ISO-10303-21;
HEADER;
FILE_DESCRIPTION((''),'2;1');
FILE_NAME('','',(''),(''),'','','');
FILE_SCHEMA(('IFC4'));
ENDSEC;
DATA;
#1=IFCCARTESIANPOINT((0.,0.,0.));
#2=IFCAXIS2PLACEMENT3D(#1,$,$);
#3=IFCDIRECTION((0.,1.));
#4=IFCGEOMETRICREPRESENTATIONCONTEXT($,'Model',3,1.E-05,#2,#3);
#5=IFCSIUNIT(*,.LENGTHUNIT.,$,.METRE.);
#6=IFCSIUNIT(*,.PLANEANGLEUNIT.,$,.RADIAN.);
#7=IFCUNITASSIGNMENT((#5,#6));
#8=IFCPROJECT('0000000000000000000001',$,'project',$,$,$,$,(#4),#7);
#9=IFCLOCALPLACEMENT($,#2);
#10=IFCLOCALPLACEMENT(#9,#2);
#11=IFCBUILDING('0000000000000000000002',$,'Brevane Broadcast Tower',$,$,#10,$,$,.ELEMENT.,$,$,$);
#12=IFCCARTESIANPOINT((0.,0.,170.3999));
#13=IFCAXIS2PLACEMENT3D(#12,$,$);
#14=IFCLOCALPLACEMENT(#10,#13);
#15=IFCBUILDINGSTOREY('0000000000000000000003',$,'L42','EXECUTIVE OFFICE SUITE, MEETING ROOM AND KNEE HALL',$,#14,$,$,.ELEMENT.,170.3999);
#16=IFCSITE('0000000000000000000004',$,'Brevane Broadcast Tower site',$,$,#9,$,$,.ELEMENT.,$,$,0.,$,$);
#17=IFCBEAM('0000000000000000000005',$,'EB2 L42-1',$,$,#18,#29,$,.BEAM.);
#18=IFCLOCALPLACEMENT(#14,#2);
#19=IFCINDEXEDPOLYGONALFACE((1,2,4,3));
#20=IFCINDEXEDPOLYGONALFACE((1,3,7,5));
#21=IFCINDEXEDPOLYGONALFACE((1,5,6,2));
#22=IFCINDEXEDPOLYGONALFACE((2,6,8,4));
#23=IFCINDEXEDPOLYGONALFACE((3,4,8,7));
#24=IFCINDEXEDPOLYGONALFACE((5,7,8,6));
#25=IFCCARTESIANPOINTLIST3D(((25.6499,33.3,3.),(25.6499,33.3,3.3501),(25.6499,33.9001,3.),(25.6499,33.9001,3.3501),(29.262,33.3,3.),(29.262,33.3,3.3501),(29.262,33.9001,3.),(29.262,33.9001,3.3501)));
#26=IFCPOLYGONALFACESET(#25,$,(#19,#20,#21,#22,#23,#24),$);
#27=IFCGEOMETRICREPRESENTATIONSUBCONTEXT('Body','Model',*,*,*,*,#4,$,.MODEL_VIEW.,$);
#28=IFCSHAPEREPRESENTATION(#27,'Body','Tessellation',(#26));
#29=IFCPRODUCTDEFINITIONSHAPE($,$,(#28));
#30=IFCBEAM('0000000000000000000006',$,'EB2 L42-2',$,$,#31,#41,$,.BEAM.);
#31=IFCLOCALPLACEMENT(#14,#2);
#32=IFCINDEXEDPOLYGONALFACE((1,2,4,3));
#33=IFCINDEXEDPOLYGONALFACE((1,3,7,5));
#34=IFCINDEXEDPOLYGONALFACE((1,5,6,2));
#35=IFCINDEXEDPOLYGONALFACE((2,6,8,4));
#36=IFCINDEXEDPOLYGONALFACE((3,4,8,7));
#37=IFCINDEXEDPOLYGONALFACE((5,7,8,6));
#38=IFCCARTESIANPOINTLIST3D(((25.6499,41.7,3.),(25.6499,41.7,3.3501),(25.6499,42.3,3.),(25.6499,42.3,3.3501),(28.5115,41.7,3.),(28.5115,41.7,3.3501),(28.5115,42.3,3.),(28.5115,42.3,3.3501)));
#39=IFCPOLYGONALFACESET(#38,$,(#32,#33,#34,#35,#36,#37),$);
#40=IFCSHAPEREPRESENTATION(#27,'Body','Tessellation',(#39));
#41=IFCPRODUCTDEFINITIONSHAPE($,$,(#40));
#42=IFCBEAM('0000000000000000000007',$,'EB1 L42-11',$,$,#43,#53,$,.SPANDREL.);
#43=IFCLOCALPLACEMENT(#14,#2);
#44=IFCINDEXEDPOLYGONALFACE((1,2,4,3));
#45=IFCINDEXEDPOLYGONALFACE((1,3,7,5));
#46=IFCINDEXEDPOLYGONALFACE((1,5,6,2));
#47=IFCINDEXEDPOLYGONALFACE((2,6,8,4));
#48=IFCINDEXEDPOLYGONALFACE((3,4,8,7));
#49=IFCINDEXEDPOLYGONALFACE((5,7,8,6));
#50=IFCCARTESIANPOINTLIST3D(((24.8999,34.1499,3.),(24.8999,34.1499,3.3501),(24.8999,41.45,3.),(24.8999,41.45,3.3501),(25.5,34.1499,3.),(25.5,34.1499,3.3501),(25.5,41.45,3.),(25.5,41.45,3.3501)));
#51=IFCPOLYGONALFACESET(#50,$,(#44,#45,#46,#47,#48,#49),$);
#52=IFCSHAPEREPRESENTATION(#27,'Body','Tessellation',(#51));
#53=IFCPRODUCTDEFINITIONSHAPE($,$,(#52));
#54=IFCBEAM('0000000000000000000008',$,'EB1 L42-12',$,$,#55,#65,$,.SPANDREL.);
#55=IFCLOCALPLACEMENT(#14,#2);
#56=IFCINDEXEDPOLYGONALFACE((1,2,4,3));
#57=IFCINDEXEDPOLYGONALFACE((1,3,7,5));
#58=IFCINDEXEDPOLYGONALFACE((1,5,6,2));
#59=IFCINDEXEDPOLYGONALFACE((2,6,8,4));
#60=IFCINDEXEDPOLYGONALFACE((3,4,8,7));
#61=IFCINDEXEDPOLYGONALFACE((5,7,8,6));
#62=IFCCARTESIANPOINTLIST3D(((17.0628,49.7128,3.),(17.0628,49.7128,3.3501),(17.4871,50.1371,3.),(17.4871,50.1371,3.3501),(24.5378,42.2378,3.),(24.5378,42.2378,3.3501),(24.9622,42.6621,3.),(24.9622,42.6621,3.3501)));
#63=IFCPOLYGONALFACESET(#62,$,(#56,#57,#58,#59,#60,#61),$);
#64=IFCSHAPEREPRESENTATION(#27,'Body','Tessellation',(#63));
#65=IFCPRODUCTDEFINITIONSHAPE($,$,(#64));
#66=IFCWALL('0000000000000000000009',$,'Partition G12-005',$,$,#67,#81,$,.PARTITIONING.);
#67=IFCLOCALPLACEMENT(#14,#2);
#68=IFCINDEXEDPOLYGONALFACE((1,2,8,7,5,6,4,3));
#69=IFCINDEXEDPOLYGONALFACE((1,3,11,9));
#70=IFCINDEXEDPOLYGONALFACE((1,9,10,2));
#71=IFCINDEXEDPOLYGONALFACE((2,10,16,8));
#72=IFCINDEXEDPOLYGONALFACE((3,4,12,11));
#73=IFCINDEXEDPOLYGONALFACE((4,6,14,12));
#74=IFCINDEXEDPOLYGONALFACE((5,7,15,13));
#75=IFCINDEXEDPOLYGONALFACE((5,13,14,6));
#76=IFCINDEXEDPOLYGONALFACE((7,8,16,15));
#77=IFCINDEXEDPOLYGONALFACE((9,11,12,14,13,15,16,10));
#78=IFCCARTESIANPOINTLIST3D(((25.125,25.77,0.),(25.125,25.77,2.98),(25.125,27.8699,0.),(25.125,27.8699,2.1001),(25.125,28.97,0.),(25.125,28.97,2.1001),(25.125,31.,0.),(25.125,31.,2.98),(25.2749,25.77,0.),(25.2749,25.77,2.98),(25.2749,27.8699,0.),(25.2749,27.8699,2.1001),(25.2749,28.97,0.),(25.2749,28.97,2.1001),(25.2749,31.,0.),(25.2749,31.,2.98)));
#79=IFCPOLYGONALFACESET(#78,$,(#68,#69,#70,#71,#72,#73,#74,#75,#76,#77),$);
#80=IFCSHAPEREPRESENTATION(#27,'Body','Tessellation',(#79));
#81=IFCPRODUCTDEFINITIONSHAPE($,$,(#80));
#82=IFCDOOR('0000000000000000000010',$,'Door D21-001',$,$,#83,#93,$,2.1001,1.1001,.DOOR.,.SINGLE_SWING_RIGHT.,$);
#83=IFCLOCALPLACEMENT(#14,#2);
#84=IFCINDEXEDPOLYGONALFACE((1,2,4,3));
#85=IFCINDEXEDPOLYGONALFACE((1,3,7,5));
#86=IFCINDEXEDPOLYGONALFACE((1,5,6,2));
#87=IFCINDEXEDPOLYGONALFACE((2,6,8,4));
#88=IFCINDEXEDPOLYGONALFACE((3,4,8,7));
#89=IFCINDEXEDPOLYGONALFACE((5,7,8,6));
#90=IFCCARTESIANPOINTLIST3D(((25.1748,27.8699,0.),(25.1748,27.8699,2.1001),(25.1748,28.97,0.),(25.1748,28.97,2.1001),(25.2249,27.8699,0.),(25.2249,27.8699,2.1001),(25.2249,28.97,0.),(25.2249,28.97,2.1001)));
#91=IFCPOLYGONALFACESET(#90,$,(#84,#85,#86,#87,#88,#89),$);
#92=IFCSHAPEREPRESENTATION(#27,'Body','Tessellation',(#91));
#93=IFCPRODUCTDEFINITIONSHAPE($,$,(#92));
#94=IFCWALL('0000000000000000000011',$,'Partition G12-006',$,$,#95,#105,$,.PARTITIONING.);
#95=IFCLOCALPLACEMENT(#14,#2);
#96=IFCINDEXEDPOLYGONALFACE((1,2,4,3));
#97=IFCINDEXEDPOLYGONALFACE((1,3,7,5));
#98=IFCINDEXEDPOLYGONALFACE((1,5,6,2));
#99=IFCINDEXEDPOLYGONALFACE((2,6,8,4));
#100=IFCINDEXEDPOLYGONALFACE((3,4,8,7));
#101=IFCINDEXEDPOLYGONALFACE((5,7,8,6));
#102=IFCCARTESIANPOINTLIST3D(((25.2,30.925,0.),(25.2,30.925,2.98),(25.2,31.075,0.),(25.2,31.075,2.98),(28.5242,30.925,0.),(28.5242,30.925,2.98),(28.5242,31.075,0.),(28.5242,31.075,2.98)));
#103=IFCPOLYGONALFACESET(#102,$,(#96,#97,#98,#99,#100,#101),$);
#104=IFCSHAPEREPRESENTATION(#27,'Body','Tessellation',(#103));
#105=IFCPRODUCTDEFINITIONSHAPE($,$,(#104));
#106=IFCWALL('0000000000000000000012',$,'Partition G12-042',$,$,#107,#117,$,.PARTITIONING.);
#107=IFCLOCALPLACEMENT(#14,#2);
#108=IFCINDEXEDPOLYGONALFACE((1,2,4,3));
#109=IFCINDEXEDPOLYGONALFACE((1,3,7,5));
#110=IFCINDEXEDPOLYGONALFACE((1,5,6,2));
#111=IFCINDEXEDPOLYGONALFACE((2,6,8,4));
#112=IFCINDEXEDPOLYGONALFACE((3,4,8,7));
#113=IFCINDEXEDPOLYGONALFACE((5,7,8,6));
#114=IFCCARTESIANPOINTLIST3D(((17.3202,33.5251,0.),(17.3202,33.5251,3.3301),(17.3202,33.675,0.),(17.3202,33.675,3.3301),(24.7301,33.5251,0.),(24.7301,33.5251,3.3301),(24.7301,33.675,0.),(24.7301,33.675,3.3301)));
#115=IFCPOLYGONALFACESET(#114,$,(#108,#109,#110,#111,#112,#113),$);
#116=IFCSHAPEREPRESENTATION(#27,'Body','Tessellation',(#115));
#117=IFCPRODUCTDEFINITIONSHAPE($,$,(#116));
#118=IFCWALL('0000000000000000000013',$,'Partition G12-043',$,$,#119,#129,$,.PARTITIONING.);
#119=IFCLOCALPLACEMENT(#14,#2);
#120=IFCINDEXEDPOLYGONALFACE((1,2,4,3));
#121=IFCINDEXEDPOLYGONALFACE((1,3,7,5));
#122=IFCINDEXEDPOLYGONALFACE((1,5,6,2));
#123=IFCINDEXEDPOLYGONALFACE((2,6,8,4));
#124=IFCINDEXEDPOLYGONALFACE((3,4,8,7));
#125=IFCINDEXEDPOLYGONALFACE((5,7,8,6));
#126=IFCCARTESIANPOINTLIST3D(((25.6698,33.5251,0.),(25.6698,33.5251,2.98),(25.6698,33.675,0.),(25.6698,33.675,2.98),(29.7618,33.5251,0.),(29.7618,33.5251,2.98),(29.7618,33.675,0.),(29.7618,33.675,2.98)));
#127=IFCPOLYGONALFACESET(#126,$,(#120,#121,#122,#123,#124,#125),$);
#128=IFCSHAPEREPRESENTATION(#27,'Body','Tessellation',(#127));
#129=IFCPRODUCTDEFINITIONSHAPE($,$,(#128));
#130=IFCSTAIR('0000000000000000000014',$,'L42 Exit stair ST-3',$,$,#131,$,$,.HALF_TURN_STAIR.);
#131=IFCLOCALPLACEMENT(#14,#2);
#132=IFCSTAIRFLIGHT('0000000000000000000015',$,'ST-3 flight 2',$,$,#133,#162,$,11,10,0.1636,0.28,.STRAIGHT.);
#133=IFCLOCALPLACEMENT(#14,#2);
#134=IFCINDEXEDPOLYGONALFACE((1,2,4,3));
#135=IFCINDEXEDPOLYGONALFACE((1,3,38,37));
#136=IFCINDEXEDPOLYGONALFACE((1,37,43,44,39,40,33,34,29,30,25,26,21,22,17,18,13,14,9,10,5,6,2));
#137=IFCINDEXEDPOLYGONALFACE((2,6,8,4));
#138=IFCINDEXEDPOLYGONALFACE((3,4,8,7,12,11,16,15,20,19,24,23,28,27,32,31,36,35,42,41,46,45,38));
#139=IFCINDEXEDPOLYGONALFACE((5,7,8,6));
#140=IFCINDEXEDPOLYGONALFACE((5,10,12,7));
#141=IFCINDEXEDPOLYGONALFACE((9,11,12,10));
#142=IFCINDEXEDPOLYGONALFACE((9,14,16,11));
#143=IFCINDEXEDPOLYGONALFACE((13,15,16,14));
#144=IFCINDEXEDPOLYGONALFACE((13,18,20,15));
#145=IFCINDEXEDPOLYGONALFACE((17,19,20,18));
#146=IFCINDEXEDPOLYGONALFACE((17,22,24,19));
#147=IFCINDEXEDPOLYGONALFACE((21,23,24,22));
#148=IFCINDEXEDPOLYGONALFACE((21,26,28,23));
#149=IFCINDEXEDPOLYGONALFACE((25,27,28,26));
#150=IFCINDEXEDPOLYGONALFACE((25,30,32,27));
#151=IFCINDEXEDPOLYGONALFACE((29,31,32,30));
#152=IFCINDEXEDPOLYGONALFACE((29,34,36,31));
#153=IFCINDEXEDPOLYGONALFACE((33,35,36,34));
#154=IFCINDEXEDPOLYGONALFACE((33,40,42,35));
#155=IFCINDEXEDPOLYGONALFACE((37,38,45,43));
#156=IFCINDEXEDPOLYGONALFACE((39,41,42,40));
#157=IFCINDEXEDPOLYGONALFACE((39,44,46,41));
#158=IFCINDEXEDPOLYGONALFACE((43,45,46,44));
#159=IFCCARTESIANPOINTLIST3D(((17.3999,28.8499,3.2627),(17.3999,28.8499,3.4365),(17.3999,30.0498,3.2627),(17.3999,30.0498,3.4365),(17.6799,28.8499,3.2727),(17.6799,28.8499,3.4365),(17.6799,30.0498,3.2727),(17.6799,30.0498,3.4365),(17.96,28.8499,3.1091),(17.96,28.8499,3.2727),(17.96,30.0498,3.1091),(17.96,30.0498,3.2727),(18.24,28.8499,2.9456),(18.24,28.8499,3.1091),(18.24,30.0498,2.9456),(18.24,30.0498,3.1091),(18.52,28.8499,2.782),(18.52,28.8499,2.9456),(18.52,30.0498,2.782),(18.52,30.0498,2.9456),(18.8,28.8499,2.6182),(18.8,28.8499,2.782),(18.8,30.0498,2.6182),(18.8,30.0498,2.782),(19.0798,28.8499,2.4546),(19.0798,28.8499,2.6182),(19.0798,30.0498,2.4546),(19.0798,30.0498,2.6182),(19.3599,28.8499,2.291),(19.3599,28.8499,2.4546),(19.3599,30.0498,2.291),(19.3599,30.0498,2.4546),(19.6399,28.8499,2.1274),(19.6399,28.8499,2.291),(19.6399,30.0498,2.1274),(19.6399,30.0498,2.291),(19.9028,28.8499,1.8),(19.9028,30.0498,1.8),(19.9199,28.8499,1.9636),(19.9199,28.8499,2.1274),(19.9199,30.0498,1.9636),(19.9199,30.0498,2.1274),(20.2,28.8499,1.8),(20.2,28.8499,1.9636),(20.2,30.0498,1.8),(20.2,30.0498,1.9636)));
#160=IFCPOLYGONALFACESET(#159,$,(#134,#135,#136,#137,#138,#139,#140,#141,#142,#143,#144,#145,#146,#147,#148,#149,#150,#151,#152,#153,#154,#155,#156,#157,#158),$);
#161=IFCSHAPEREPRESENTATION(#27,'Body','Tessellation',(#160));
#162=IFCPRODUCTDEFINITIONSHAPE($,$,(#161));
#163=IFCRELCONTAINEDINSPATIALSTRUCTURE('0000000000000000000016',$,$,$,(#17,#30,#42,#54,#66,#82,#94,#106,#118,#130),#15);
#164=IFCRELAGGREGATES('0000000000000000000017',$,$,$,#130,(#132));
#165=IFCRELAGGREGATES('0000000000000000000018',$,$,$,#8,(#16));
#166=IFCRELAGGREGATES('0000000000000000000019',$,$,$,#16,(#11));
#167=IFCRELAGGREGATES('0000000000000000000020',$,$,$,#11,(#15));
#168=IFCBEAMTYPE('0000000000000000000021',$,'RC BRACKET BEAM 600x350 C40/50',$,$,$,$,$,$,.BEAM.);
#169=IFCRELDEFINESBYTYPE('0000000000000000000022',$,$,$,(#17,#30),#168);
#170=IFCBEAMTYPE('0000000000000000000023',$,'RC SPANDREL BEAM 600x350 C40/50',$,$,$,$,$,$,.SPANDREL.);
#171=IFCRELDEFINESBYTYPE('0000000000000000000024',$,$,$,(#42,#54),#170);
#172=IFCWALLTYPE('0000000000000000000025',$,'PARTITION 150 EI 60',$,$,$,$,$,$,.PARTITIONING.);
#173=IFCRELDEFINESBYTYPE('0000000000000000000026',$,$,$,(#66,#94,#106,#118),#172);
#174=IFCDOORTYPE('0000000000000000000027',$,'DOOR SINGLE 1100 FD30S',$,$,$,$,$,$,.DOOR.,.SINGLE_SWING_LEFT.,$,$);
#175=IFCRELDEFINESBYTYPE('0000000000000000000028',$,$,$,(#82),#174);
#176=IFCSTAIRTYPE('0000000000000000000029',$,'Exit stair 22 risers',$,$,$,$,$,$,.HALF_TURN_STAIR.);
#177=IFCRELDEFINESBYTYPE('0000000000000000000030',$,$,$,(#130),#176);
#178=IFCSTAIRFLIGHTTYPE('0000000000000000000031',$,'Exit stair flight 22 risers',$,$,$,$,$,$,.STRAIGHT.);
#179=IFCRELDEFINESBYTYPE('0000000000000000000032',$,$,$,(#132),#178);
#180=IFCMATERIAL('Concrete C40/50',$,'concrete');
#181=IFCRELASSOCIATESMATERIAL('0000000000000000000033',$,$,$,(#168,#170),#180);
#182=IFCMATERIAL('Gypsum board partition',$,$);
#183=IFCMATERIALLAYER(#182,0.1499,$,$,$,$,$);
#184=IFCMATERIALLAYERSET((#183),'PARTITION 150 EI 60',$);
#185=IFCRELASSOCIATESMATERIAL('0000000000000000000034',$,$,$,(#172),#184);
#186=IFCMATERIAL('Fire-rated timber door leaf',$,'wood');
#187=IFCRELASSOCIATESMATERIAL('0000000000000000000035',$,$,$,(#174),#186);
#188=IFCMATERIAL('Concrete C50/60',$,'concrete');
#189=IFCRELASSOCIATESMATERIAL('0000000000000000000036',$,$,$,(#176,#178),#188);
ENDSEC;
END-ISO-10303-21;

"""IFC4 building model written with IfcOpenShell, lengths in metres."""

from ifc_helpers import new_model, si_unit, direction, frame, frame_2d, origin, origin_2d, place, context, subcontext, project, spatial, polyline, rectangle, outline, extrude, material, layer, layer_set, material_profile, profile_set, type_object, element, fill, aggregate, save


model = new_model("IFC4")

# Units and contexts
model_context = context("Model", 3, precision=1e-05, world=origin(), true_north=direction((0.0, 1.0)))
body_context = subcontext(model_context, "Body", "Model", "MODEL_VIEW")
ifc_project = project(units=[si_unit("LENGTHUNIT", "METRE"), si_unit("PLANEANGLEUNIT", "RADIAN")], contexts=[model_context])

# Site, building, storey
site_placement = place(None, origin())
site = spatial("IfcSite", under=ifc_project, at=site_placement, Name="Brevane Broadcast Tower site", CompositionType="ELEMENT", RefElevation=0.0)
building_placement = place(site_placement, origin())
building = spatial("IfcBuilding", under=site, at=building_placement, Name="Brevane Broadcast Tower", CompositionType="ELEMENT")
storey_placement = place(building_placement, frame((0.0, 0.0, 170.3999)))
storey = spatial("IfcBuildingStorey", under=building, at=storey_placement, Name="L42", Description="EXECUTIVE OFFICE SUITE, MEETING ROOM AND KNEE HALL", CompositionType="ELEMENT", Elevation=170.3999)

# Beams
ifc_material_1 = material(Name="Concrete C40/50", Category="concrete")
ifc_material_profile_1 = material_profile(ifc_material_1, rectangle(XDim=0.6001, YDim=0.3501, at=origin_2d()), Name="RC 600x350")
ifc_profile_set_1 = profile_set([ifc_material_profile_1], Name="Concrete C40/50")
beam_type_1 = type_object("IfcBeamType", Name="RC BRACKET BEAM 600x350 C40/50", PredefinedType="BEAM", material=ifc_profile_set_1)
beam_1_placement = place(storey_placement, frame((25.6499, 33.6001, 3.175), z_axis=(1.0, 0.0, 0.0), x_axis=(0.0, 1.0, 0.0)))
element("IfcBeam", 1, at=beam_1_placement, inside=storey, type_object=beam_type_1, Name="EB2 L42-1", PredefinedType="BEAM", context=body_context, shape_type="SweptSolid", body=[
    extrude(rectangle(XDim=0.6001, YDim=0.3501, at=origin_2d()), origin(), (0.0, 0.0, 1.0), 3.6121),
])
beam_2_placement = place(storey_placement, frame((25.6499, 42.0, 3.175), z_axis=(1.0, 0.0, 0.0), x_axis=(0.0, 1.0, 0.0)))
element("IfcBeam", 2, at=beam_2_placement, inside=storey, type_object=beam_type_1, Name="EB2 L42-2", PredefinedType="BEAM", context=body_context, shape_type="SweptSolid", body=[
    extrude(rectangle(XDim=0.6001, YDim=0.3501, at=origin_2d()), origin(), (0.0, 0.0, 1.0), 2.8616),
])
ifc_material_profile_2 = material_profile(ifc_material_1, rectangle(XDim=0.6001, YDim=0.3501, at=origin_2d()), Name="RC 600x350")
ifc_profile_set_2 = profile_set([ifc_material_profile_2], Name="Concrete C40/50")
beam_type_2 = type_object("IfcBeamType", Name="RC SPANDREL BEAM 600x350 C40/50", PredefinedType="SPANDREL", material=ifc_profile_set_2)
beam_3_placement = place(storey_placement, frame((25.2, 34.1499, 3.175), z_axis=(0.0, 1.0, 0.0), x_axis=(-1.0, 0.0, 0.0)))
element("IfcBeam", 3, at=beam_3_placement, inside=storey, type_object=beam_type_2, Name="EB1 L42-11", PredefinedType="SPANDREL", context=body_context, shape_type="SweptSolid", body=[
    extrude(rectangle(XDim=0.6001, YDim=0.3501, at=origin_2d()), origin(), (0.0, 0.0, 1.0), 7.3),
])
beam_4_placement = place(storey_placement, frame((24.75, 42.45, 3.175), z_axis=(-0.707107, 0.707107, 0.0), x_axis=(-0.707107, -0.707107, 0.0)))
element("IfcBeam", 4, at=beam_4_placement, inside=storey, type_object=beam_type_2, Name="EB1 L42-12", PredefinedType="SPANDREL", context=body_context, shape_type="SweptSolid", body=[
    extrude(rectangle(XDim=0.6001, YDim=0.3501, at=origin_2d()), origin(), (0.0, 0.0, 1.0), 10.5713),
])

# Wall, opening, door
ifc_material_2 = material(Name="Gypsum board partition")
ifc_layer = layer(ifc_material_2, 0.1499)
ifc_layer_set = layer_set([ifc_layer], Name="PARTITION 150 EI 60")
wall_type = type_object("IfcWallType", Name="PARTITION 150 EI 60", PredefinedType="PARTITIONING", material=ifc_layer_set)
wall_1_placement = place(storey_placement, frame((25.2, 31.0, 0.0), z_axis=(0.0, 0.0, 1.0), x_axis=(0.0, -1.0, 0.0)))
wall_1 = element("IfcWall", 5, at=wall_1_placement, inside=storey, type_object=wall_type, Name="Partition G12-005", PredefinedType="PARTITIONING", context=body_context, shape_type="SweptSolid", body=[
    extrude(outline(polyline([(0.0, 0.0), (5.23, 0.0), (5.23, 2.98), (0.0, 2.98), (0.0, 0.0)])), frame((0.0, 0.075, 0.0), z_axis=(0.0, -1.0, 0.0), x_axis=(1.0, 0.0, 0.0)), (0.0, 0.0, 1.0), 0.1499),
])
opening_placement = place(wall_1_placement, frame((2.03, 0.0, 0.0)))
opening = element("IfcOpeningElement", 6, at=opening_placement, cuts=wall_1, PredefinedType="OPENING", context=body_context, shape_type="SweptSolid", body=[
    extrude(rectangle(XDim=1.1001, YDim=2.1001, at=frame_2d((0.55, 1.05))), frame((0.0, 0.085, 0.0), z_axis=(0.0, -1.0, 0.0), x_axis=(1.0, 0.0, 0.0)), (0.0, 0.0, 1.0), 0.1699),
])
ifc_material_3 = material(Name="Fire-rated timber door leaf", Category="wood")
door_type = type_object("IfcDoorType", Name="DOOR SINGLE 1100 FD30S", OperationType="SINGLE_SWING_LEFT", PredefinedType="DOOR", material=ifc_material_3)
door_placement = place(opening_placement, origin())
door = element("IfcDoor", 7, at=door_placement, inside=storey, type_object=door_type, Name="Door D21-001", OperationType="SINGLE_SWING_RIGHT", OverallHeight=2.1001, OverallWidth=1.1001, PredefinedType="DOOR", context=body_context, shape_type="SweptSolid", body=[
    extrude(rectangle(XDim=1.1001, YDim=2.1001, at=frame_2d((0.55, 1.05))), frame((0.0, 0.0249, 0.0), z_axis=(0.0, -1.0, 0.0), x_axis=(1.0, 0.0, 0.0)), (0.0, 0.0, 1.0), 0.05),
])
fill(opening, door)

# Walls
wall_2_placement = place(storey_placement, frame((25.2, 31.0, 0.0), z_axis=(0.0, 0.0, 1.0), x_axis=(1.0, 0.0, 0.0)))
element("IfcWall", 8, at=wall_2_placement, inside=storey, type_object=wall_type, Name="Partition G12-006", PredefinedType="PARTITIONING", context=body_context, shape_type="SweptSolid", body=[
    extrude(rectangle(XDim=3.3242, YDim=0.1499, at=frame_2d((1.6621, 0.0))), origin(), (0.0, 0.0, 1.0), 2.98),
])
wall_3_placement = place(storey_placement, frame((17.3201, 33.6001, 0.0), z_axis=(0.0, 0.0, 1.0), x_axis=(1.0, 0.0, 0.0)))
element("IfcWall", 9, at=wall_3_placement, inside=storey, type_object=wall_type, Name="Partition G12-042", PredefinedType="PARTITIONING", context=body_context, shape_type="SweptSolid", body=[
    extrude(rectangle(XDim=7.4099, YDim=0.1499, at=frame_2d((3.7051, 0.0))), origin(), (0.0, 0.0, 1.0), 3.3301),
])
wall_4_placement = place(storey_placement, frame((25.6699, 33.6001, 0.0), z_axis=(0.0, 0.0, 1.0), x_axis=(1.0, 0.0, 0.0)))
element("IfcWall", 10, at=wall_4_placement, inside=storey, type_object=wall_type, Name="Partition G12-043", PredefinedType="PARTITIONING", context=body_context, shape_type="SweptSolid", body=[
    extrude(rectangle(XDim=4.092, YDim=0.1499, at=frame_2d((2.0459, 0.0))), origin(), (0.0, 0.0, 1.0), 2.98),
])

# Stair, stair flight
ifc_material_4 = material(Name="Concrete C50/60", Category="concrete")
stair_type = type_object("IfcStairType", Name="Exit stair 22 risers", PredefinedType="HALF_TURN_STAIR", material=ifc_material_4)
stair_placement = place(storey_placement, origin())
stair = element("IfcStair", 11, at=stair_placement, inside=storey, type_object=stair_type, Name="L42 Exit stair ST-3", PredefinedType="HALF_TURN_STAIR")
stair_flight_type = type_object("IfcStairFlightType", Name="Exit stair flight 22 risers", PredefinedType="STRAIGHT", material=ifc_material_4)
stair_flight_placement = place(storey_placement, frame((20.2, 29.45, 1.8), z_axis=(0.0, 0.0, 1.0), x_axis=(-1.0, 0.0, 0.0)))
stair_flight = element("IfcStairFlight", 12, at=stair_flight_placement, type_object=stair_flight_type, Name="ST-3 flight 2", NumberOfRisers=11, NumberOfTreads=10, PredefinedType="STRAIGHT", RiserHeight=0.1636, TreadLength=0.28, context=body_context, shape_type="SweptSolid", body=[
    extrude(outline(polyline([(0.0, 0.0), (0.0, 0.1636), (0.28, 0.1636), (0.28, 0.3274), (0.5601, 0.3274), (0.5601, 0.491), (0.8401, 0.491), (0.8401, 0.6545), (1.1201, 0.6545), (1.1201, 0.8181), (1.3999, 0.8181), (1.3999, 0.9819), (1.6799, 0.9819), (1.6799, 1.1455), (1.96, 1.1455), (1.96, 1.3091), (2.24, 1.3091), (2.24, 1.4727), (2.52, 1.4727), (2.52, 1.6365), (2.8, 1.6365), (2.8, 1.8), (2.8, 1.4626), (0.2971, 0.0), (0.0, 0.0)])), frame((0.0, 0.6001, 0.0), z_axis=(0.0, -1.0, 0.0), x_axis=(1.0, 0.0, 0.0)), (0.0, 0.0, 1.0), 1.2),
])
aggregate(stair, [stair_flight])

save(model, "model.ifc")
